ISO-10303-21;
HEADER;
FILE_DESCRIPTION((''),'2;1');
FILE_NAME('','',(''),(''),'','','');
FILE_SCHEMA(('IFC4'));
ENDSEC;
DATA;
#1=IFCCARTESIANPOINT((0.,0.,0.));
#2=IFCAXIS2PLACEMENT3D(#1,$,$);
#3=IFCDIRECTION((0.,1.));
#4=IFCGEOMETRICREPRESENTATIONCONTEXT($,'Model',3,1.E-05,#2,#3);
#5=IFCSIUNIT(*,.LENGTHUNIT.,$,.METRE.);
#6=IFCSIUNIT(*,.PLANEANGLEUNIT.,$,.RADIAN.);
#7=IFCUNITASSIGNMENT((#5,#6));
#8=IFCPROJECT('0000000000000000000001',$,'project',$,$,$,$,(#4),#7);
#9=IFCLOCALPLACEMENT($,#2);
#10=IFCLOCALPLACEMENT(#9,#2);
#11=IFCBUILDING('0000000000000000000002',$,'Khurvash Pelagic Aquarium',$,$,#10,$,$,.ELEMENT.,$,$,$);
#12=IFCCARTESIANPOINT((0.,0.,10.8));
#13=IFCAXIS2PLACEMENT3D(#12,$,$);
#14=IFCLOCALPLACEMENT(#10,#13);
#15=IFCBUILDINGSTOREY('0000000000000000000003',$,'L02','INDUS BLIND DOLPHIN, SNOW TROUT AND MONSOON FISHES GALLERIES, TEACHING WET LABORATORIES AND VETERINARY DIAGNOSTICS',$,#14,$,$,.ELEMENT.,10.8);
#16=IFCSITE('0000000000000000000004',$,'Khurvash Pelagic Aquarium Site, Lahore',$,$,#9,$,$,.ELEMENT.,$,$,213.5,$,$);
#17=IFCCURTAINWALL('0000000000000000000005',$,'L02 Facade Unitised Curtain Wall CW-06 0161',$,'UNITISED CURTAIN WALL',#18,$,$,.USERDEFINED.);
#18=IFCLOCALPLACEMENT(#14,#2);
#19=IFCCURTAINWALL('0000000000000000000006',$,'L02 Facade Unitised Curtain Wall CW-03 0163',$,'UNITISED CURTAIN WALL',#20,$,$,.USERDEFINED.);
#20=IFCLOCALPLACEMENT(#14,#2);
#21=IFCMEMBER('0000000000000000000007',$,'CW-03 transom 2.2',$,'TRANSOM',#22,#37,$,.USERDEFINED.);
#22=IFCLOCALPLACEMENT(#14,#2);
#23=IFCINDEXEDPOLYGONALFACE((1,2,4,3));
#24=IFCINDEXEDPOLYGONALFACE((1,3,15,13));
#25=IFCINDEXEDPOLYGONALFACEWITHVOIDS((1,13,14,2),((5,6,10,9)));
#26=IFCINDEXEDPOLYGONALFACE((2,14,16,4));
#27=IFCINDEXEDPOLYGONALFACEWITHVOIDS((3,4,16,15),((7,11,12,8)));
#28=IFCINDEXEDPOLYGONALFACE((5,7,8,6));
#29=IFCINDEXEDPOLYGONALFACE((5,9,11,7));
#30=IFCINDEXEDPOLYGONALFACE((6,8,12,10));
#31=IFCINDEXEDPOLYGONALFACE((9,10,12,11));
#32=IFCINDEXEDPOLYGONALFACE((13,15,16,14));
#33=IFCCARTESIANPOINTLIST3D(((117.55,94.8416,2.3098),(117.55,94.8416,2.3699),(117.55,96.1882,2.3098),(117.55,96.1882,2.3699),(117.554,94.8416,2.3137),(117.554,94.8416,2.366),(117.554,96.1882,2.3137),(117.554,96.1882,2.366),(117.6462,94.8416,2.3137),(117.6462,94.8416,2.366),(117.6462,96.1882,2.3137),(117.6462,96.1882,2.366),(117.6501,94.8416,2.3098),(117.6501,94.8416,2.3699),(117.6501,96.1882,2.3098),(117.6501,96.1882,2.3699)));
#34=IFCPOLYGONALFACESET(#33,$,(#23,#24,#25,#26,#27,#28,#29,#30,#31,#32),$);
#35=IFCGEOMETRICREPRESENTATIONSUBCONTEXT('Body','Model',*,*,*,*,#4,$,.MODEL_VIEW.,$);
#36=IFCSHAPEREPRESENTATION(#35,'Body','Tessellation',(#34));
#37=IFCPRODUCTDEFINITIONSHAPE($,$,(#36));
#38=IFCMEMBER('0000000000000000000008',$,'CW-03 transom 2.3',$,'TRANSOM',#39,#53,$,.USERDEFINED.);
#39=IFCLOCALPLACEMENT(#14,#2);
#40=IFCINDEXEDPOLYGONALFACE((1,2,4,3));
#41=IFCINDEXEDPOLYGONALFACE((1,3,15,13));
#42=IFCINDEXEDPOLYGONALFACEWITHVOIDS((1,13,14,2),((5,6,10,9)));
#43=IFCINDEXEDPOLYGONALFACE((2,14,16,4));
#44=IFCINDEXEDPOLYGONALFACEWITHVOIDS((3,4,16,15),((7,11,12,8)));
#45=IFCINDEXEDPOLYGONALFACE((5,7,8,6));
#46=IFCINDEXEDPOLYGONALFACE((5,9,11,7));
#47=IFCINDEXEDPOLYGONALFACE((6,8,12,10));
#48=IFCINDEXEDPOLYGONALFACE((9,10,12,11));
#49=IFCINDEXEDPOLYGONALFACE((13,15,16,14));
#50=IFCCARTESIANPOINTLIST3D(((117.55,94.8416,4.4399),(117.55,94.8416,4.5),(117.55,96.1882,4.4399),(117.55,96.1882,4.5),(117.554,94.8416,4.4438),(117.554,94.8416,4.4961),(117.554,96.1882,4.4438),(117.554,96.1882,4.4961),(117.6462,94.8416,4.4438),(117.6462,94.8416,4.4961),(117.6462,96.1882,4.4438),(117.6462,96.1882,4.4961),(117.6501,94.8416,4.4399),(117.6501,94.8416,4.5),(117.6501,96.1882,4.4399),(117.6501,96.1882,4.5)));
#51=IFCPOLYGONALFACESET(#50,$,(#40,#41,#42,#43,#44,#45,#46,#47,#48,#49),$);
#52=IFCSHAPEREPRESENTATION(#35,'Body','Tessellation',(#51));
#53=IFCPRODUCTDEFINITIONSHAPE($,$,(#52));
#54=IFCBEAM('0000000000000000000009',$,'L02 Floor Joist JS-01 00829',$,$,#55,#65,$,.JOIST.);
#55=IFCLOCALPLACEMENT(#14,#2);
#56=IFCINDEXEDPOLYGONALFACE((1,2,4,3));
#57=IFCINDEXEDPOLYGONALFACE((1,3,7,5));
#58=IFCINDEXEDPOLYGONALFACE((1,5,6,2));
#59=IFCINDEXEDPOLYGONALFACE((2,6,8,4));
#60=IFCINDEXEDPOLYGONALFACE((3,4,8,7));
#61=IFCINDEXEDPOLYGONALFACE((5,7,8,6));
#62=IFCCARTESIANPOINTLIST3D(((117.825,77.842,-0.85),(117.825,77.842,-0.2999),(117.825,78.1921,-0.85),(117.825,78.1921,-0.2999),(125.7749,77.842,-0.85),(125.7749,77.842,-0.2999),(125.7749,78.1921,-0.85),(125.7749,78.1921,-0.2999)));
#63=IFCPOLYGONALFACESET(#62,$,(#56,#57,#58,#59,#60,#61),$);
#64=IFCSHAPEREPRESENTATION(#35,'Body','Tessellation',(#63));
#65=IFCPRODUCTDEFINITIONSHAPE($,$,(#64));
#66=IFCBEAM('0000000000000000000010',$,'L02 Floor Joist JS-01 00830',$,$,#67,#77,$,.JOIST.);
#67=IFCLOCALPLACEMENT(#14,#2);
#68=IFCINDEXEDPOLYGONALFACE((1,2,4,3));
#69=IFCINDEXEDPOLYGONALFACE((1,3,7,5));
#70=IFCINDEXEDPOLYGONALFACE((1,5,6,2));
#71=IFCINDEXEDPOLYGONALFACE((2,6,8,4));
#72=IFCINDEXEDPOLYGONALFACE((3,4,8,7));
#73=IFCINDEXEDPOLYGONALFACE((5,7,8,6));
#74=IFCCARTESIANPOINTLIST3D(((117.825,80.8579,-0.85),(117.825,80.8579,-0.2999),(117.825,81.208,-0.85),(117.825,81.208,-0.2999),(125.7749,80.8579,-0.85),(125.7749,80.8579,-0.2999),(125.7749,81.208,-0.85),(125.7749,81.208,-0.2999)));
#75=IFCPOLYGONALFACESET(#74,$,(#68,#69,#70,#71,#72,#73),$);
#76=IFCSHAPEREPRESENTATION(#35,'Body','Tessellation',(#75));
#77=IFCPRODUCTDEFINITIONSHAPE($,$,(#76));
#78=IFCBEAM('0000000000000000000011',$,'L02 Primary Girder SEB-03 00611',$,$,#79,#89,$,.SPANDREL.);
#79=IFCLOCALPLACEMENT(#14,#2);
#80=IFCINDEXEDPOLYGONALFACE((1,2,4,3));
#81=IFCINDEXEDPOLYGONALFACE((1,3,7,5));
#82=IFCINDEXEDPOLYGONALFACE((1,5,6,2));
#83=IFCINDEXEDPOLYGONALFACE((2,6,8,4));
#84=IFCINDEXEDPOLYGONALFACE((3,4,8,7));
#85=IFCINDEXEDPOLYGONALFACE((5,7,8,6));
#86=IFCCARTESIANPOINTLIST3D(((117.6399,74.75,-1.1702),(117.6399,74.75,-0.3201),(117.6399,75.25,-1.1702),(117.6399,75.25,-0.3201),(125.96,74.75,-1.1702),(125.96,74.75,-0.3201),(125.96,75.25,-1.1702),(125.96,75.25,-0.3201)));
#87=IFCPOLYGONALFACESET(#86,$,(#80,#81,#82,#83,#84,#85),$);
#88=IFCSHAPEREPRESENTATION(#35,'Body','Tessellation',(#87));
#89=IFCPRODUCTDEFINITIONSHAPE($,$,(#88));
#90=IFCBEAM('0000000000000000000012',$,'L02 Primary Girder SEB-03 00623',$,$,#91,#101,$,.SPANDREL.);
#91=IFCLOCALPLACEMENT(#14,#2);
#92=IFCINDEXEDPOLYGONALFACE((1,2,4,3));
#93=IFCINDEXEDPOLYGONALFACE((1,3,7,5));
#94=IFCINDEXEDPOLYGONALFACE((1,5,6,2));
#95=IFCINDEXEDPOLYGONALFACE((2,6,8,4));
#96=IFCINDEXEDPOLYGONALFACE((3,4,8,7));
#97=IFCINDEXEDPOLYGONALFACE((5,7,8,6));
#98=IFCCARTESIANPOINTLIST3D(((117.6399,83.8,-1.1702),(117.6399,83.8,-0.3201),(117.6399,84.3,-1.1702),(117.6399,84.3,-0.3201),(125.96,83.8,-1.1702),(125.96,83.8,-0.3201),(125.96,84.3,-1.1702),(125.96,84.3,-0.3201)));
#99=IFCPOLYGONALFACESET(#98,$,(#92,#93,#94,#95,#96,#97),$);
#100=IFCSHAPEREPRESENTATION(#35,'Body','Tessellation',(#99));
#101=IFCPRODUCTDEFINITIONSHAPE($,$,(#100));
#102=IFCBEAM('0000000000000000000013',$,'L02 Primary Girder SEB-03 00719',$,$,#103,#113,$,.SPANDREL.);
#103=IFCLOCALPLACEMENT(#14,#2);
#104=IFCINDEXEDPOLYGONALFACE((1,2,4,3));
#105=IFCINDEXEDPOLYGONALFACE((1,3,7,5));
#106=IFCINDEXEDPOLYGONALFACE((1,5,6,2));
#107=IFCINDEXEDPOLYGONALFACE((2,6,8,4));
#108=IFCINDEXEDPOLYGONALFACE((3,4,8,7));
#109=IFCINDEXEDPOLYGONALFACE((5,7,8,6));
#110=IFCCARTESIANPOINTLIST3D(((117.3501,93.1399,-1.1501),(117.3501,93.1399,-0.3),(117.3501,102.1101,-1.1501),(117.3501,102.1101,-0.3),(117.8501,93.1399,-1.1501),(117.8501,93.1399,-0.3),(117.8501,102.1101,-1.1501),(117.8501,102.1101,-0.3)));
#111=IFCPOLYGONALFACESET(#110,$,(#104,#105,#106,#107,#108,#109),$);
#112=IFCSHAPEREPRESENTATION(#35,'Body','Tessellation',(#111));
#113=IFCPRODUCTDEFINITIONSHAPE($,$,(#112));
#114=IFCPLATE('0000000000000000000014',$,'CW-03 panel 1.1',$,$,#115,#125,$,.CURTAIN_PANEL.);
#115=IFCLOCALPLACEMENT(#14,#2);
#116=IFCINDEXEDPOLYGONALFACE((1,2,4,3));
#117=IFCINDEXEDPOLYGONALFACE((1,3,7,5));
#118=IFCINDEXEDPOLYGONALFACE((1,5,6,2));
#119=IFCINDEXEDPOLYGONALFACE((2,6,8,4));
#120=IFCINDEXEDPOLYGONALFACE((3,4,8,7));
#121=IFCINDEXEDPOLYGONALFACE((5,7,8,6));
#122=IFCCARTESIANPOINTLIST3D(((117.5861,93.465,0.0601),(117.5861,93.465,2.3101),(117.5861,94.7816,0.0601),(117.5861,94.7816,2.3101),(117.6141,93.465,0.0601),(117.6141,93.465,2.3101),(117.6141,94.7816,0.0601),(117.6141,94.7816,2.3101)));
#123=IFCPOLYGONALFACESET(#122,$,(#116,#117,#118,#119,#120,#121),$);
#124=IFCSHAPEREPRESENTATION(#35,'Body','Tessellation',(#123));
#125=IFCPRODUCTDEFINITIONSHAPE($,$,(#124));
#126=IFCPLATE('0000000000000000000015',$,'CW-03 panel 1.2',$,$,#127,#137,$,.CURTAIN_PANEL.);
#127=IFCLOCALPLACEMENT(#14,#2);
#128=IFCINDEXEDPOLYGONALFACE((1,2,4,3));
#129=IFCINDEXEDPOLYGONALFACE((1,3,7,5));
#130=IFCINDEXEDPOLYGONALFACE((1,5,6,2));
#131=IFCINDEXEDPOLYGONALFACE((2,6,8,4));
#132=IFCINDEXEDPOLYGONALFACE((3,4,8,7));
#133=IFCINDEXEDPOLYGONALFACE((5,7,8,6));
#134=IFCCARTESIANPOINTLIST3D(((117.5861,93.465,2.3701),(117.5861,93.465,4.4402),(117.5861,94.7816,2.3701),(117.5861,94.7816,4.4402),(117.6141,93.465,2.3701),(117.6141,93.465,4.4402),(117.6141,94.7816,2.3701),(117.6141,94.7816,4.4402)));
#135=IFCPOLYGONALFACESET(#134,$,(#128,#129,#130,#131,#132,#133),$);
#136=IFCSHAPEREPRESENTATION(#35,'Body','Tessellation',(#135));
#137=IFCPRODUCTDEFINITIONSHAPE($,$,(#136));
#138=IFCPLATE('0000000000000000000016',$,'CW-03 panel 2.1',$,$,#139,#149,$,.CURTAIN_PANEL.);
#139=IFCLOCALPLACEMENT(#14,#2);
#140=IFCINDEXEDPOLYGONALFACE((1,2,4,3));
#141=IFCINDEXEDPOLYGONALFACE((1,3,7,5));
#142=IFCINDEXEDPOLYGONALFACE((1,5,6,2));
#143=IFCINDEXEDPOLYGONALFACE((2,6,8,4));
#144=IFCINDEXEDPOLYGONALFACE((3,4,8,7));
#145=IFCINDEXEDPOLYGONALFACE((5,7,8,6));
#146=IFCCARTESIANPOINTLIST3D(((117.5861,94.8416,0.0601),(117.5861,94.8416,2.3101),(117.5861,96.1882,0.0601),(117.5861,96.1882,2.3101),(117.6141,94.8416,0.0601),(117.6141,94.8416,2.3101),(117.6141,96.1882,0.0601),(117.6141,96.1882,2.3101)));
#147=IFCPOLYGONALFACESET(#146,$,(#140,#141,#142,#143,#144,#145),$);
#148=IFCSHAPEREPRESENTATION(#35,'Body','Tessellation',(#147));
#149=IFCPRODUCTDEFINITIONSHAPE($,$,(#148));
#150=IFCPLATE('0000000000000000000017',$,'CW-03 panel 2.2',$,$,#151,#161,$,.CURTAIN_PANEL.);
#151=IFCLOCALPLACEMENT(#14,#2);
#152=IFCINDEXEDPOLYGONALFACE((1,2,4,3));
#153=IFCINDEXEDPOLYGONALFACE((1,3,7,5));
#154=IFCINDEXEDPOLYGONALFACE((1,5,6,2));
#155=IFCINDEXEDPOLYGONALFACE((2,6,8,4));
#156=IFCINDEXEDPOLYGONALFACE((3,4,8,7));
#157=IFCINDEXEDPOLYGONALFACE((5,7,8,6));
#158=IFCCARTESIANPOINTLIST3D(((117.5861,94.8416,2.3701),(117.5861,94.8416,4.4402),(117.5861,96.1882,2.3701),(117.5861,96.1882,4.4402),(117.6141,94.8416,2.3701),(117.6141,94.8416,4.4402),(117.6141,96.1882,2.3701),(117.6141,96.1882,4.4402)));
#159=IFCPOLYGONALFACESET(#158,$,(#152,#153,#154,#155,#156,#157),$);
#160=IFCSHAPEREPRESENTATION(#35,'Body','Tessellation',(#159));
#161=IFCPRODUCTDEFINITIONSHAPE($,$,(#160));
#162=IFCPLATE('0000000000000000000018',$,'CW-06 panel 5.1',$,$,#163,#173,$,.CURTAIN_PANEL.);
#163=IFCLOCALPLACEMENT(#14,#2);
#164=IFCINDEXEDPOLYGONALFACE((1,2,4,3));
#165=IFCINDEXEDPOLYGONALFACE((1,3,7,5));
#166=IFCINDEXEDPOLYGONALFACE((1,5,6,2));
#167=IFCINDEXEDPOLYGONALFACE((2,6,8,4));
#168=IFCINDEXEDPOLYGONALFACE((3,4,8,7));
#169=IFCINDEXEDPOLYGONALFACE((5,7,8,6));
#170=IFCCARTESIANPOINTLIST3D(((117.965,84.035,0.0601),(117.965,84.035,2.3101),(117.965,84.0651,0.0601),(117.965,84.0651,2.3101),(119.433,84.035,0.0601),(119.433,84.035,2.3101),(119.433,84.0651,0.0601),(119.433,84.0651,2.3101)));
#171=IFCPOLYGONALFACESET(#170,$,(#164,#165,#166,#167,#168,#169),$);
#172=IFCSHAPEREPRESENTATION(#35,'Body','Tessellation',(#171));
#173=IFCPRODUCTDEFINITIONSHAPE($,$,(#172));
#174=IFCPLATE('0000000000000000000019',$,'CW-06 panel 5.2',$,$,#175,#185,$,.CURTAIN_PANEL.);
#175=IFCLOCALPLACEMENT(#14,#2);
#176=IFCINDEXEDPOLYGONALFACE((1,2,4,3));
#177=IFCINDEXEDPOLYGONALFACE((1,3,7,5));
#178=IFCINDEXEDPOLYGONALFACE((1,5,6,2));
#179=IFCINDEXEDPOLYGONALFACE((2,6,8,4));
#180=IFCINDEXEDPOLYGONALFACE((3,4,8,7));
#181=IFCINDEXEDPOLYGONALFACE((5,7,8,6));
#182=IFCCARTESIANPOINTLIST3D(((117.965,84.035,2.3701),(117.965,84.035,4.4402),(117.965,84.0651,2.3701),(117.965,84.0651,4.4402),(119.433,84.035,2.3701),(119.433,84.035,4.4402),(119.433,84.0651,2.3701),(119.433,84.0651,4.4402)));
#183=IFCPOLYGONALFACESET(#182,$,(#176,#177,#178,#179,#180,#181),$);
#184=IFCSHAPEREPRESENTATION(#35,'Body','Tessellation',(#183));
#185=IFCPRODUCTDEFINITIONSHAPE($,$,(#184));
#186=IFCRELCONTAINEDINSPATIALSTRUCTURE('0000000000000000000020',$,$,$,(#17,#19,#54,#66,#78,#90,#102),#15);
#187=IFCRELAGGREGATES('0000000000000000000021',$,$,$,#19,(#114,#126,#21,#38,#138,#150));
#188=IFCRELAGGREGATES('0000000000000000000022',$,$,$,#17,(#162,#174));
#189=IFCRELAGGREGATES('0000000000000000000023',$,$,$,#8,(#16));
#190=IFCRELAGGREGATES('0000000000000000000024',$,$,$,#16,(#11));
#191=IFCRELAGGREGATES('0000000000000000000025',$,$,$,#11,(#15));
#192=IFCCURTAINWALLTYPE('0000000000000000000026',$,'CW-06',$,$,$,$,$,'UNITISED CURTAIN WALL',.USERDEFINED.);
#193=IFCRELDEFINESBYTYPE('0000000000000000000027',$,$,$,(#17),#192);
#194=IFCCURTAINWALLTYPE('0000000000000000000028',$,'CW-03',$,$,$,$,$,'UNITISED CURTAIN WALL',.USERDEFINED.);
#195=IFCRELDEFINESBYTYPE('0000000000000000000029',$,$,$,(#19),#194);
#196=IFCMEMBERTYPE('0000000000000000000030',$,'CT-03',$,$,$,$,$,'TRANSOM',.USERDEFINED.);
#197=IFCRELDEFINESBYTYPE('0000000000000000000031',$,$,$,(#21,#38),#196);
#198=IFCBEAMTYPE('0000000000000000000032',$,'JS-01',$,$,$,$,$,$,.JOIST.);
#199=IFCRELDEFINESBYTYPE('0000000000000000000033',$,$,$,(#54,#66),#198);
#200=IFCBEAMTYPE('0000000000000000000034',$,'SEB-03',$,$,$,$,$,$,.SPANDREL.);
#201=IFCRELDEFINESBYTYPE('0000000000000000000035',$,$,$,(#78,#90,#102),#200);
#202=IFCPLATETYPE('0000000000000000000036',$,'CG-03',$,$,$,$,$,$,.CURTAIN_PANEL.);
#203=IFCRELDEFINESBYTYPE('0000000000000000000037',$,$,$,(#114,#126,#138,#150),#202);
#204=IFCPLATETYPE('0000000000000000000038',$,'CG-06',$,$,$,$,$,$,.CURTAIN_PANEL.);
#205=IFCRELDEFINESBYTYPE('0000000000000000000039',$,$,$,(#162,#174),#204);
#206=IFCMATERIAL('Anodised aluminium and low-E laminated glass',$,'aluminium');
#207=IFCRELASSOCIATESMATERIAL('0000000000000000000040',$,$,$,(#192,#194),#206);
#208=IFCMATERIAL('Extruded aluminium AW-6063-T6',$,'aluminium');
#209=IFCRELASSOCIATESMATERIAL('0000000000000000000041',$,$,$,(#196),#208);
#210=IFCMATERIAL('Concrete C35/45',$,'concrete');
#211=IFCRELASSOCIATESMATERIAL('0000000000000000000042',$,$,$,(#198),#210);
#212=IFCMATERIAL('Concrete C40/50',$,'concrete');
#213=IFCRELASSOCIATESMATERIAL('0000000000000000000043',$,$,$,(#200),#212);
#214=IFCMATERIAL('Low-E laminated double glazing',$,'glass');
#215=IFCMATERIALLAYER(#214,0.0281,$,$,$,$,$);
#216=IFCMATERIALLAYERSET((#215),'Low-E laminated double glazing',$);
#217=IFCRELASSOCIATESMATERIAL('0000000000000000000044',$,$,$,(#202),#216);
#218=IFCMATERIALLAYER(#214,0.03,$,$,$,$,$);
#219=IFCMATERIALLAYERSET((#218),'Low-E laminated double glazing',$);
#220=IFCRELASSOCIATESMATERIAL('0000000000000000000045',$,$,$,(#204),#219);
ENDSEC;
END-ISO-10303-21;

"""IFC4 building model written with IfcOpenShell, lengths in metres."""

from ifc_helpers import new_model, si_unit, direction, frame, origin, origin_2d, place, context, subcontext, project, spatial, rectangle, hollow_rectangle, extrude, material, layer, layer_set, material_profile, profile_set, type_object, element, aggregate, save


model = new_model("IFC4")

# Units and contexts
model_context = context("Model", 3, precision=1e-05, world=origin(), true_north=direction((0.0, 1.0)))
body_context = subcontext(model_context, "Body", "Model", "MODEL_VIEW")
ifc_project = project(units=[si_unit("LENGTHUNIT", "METRE"), si_unit("PLANEANGLEUNIT", "RADIAN")], contexts=[model_context])

# Site, building, storey
site_placement = place(None, origin())
site = spatial("IfcSite", under=ifc_project, at=site_placement, Name="Khurvash Pelagic Aquarium Site, Lahore", CompositionType="ELEMENT", RefElevation=213.5)
building_placement = place(site_placement, origin())
building = spatial("IfcBuilding", under=site, at=building_placement, Name="Khurvash Pelagic Aquarium", CompositionType="ELEMENT")
storey_placement = place(building_placement, frame((0.0, 0.0, 10.8)))
storey = spatial("IfcBuildingStorey", under=building, at=storey_placement, Name="L02", Description="INDUS BLIND DOLPHIN, SNOW TROUT AND MONSOON FISHES GALLERIES, TEACHING WET LABORATORIES AND VETERINARY DIAGNOSTICS", CompositionType="ELEMENT", Elevation=10.8)

# Shared definitions
ifc_material_1 = material(Name="Concrete C40/50", Category="concrete")

# Curtain wall
ifc_material_2 = material(Name="Anodised aluminium and low-E laminated glass", Category="aluminium")
curtain_wall_type_1 = type_object("IfcCurtainWallType", Name="CW-06", ElementType="UNITISED CURTAIN WALL", PredefinedType="USERDEFINED", material=ifc_material_2)
curtain_wall_1_placement = place(storey_placement, origin())
curtain_wall_1 = element("IfcCurtainWall", 1, at=curtain_wall_1_placement, inside=storey, type_object=curtain_wall_type_1, Name="L02 Facade Unitised Curtain Wall CW-06 0161", ObjectType="UNITISED CURTAIN WALL", PredefinedType="USERDEFINED")
ifc_material_3 = material(Name="Extruded aluminium AW-6063-T6", Category="aluminium")

# Curtain wall
curtain_wall_type_2 = type_object("IfcCurtainWallType", Name="CW-03", ElementType="UNITISED CURTAIN WALL", PredefinedType="USERDEFINED", material=ifc_material_2)
curtain_wall_2_placement = place(storey_placement, origin())
curtain_wall_2 = element("IfcCurtainWall", 2, at=curtain_wall_2_placement, inside=storey, type_object=curtain_wall_type_2, Name="L02 Facade Unitised Curtain Wall CW-03 0163", ObjectType="UNITISED CURTAIN WALL", PredefinedType="USERDEFINED")

# Members
ifc_material_profile_1 = material_profile(ifc_material_3, hollow_rectangle(XDim=0.1001, YDim=0.0601, WallThickness=0.0039, at=origin_2d()), Name="CWT100X60X4")
ifc_profile_set_1 = profile_set([ifc_material_profile_1], Name="Extruded aluminium AW-6063-T6")
member_type_1 = type_object("IfcMemberType", Name="CT-03", ElementType="TRANSOM", PredefinedType="USERDEFINED", material=ifc_profile_set_1)
member_1_placement = place(storey_placement, frame((117.6001, 94.8416, 2.3398), z_axis=(0.0, 1.0, 0.0), x_axis=(-1.0, 0.0, 0.0)))
member_1 = element("IfcMember", 3, at=member_1_placement, type_object=member_type_1, Name="CW-03 transom 2.2", ObjectType="TRANSOM", PredefinedType="USERDEFINED", context=body_context, shape_type="SweptSolid", body=[
    extrude(hollow_rectangle(XDim=0.1001, YDim=0.0601, WallThickness=0.0039, at=origin_2d()), origin(), (0.0, 0.0, 1.0), 1.3467),
])
member_2_placement = place(storey_placement, frame((117.6001, 94.8416, 4.47), z_axis=(0.0, 1.0, 0.0), x_axis=(-1.0, 0.0, 0.0)))
member_2 = element("IfcMember", 4, at=member_2_placement, type_object=member_type_1, Name="CW-03 transom 2.3", ObjectType="TRANSOM", PredefinedType="USERDEFINED", context=body_context, shape_type="SweptSolid", body=[
    extrude(hollow_rectangle(XDim=0.1001, YDim=0.0601, WallThickness=0.0039, at=origin_2d()), origin(), (0.0, 0.0, 1.0), 1.3467),
])

# Beams
ifc_material_4 = material(Name="Concrete C35/45", Category="concrete")
ifc_material_profile_2 = material_profile(ifc_material_4, rectangle(XDim=0.3501, YDim=0.55, at=origin_2d()), Name="RC350X550")
ifc_profile_set_2 = profile_set([ifc_material_profile_2], Name="Concrete C35/45")
beam_type_1 = type_object("IfcBeamType", Name="JS-01", PredefinedType="JOIST", material=ifc_profile_set_2)
for number, where, z_axis, x_axis, name in (
    (5, (117.825, 78.0171, -0.575), (1.0, 0.0, 0.0), (0.0, 1.0, 0.0), "L02 Floor Joist JS-01 00829"),
    (6, (117.825, 81.033, -0.575), (1.0, 0.0, 0.0), (0.0, 1.0, 0.0), "L02 Floor Joist JS-01 00830"),
):
    element("IfcBeam", number, at=place(storey_placement, frame(where, z_axis=z_axis, x_axis=x_axis)), inside=storey, type_object=beam_type_1, Name=name, PredefinedType="JOIST", context=body_context, shape_type="SweptSolid", body=[
        extrude(rectangle(XDim=0.3501, YDim=0.55, at=origin_2d()), origin(), (0.0, 0.0, 1.0), 7.95),
    ])
ifc_material_profile_3 = material_profile(ifc_material_1, rectangle(XDim=0.5, YDim=0.8501, at=origin_2d()), Name="RC500X850")
ifc_profile_set_3 = profile_set([ifc_material_profile_3], Name="Concrete C40/50")
beam_type_2 = type_object("IfcBeamType", Name="SEB-03", PredefinedType="SPANDREL", material=ifc_profile_set_3)
for number, where, z_axis, x_axis, name in (
    (7, (117.6399, 75.0, -0.7451), (1.0, 0.0, 0.0), (0.0, 1.0, 0.0), "L02 Primary Girder SEB-03 00611"),
    (8, (117.6399, 84.05, -0.7451), (1.0, 0.0, 0.0), (0.0, 1.0, 0.0), "L02 Primary Girder SEB-03 00623"),
):
    element("IfcBeam", number, at=place(storey_placement, frame(where, z_axis=z_axis, x_axis=x_axis)), inside=storey, type_object=beam_type_2, Name=name, PredefinedType="SPANDREL", context=body_context, shape_type="SweptSolid", body=[
        extrude(rectangle(XDim=0.5, YDim=0.8501, at=origin_2d()), origin(), (0.0, 0.0, 1.0), 8.3201),
    ])
beam_placement = place(storey_placement, frame((117.6001, 93.1399, -0.7251), z_axis=(0.0, 1.0, 0.0), x_axis=(-1.0, 0.0, 0.0)))
element("IfcBeam", 9, at=beam_placement, inside=storey, type_object=beam_type_2, Name="L02 Primary Girder SEB-03 00719", PredefinedType="SPANDREL", context=body_context, shape_type="SweptSolid", body=[
    extrude(rectangle(XDim=0.5, YDim=0.8501, at=origin_2d()), origin(), (0.0, 0.0, 1.0), 8.9702),
])

# Plates
ifc_material_5 = material(Name="Low-E laminated double glazing", Category="glass")
ifc_layer_1 = layer(ifc_material_5, 0.0281)
ifc_layer_set_1 = layer_set([ifc_layer_1], Name="Low-E laminated double glazing")
plate_type_1 = type_object("IfcPlateType", Name="CG-03", PredefinedType="CURTAIN_PANEL", material=ifc_layer_set_1)
plate_1_placement = place(storey_placement, frame((117.6001, 94.1233, 0.0601), z_axis=(0.0, 0.0, 1.0), x_axis=(0.0, 1.0, 0.0)))
plate_1 = element("IfcPlate", 10, at=plate_1_placement, type_object=plate_type_1, Name="CW-03 panel 1.1", PredefinedType="CURTAIN_PANEL", context=body_context, shape_type="SweptSolid", body=[
    extrude(rectangle(XDim=1.3167, YDim=0.0281, at=origin_2d()), origin(), (0.0, 0.0, 1.0), 2.25),
])
plate_2_placement = place(storey_placement, frame((117.6001, 94.1233, 2.3701), z_axis=(0.0, 0.0, 1.0), x_axis=(0.0, 1.0, 0.0)))
plate_2 = element("IfcPlate", 11, at=plate_2_placement, type_object=plate_type_1, Name="CW-03 panel 1.2", PredefinedType="CURTAIN_PANEL", context=body_context, shape_type="SweptSolid", body=[
    extrude(rectangle(XDim=1.3167, YDim=0.0281, at=origin_2d()), origin(), (0.0, 0.0, 1.0), 2.0701),
])
plate_3_placement = place(storey_placement, frame((117.6001, 95.5149, 0.0601), z_axis=(0.0, 0.0, 1.0), x_axis=(0.0, 1.0, 0.0)))
plate_3 = element("IfcPlate", 12, at=plate_3_placement, type_object=plate_type_1, Name="CW-03 panel 2.1", PredefinedType="CURTAIN_PANEL", context=body_context, shape_type="SweptSolid", body=[
    extrude(rectangle(XDim=1.3467, YDim=0.0281, at=origin_2d()), origin(), (0.0, 0.0, 1.0), 2.25),
])
plate_4_placement = place(storey_placement, frame((117.6001, 95.5149, 2.3701), z_axis=(0.0, 0.0, 1.0), x_axis=(0.0, 1.0, 0.0)))
plate_4 = element("IfcPlate", 13, at=plate_4_placement, type_object=plate_type_1, Name="CW-03 panel 2.2", PredefinedType="CURTAIN_PANEL", context=body_context, shape_type="SweptSolid", body=[
    extrude(rectangle(XDim=1.3467, YDim=0.0281, at=origin_2d()), origin(), (0.0, 0.0, 1.0), 2.0701),
])
aggregate(curtain_wall_2, [plate_1, plate_2, member_1, member_2, plate_3, plate_4])
ifc_layer_2 = layer(ifc_material_5, 0.03)
ifc_layer_set_2 = layer_set([ifc_layer_2], Name="Low-E laminated double glazing")
plate_type_2 = type_object("IfcPlateType", Name="CG-06", PredefinedType="CURTAIN_PANEL", material=ifc_layer_set_2)
plate_5_placement = place(storey_placement, frame((118.699, 84.05, 0.0601), z_axis=(0.0, 0.0, 1.0), x_axis=(-1.0, 0.0, 0.0)))
plate_5 = element("IfcPlate", 14, at=plate_5_placement, type_object=plate_type_2, Name="CW-06 panel 5.1", PredefinedType="CURTAIN_PANEL", context=body_context, shape_type="SweptSolid", body=[
    extrude(rectangle(XDim=1.468, YDim=0.03, at=origin_2d()), origin(), (0.0, 0.0, 1.0), 2.25),
])
plate_6_placement = place(storey_placement, frame((118.699, 84.05, 2.3701), z_axis=(0.0, 0.0, 1.0), x_axis=(-1.0, 0.0, 0.0)))
plate_6 = element("IfcPlate", 15, at=plate_6_placement, type_object=plate_type_2, Name="CW-06 panel 5.2", PredefinedType="CURTAIN_PANEL", context=body_context, shape_type="SweptSolid", body=[
    extrude(rectangle(XDim=1.468, YDim=0.03, at=origin_2d()), origin(), (0.0, 0.0, 1.0), 2.0701),
])
aggregate(curtain_wall_1, [plate_5, plate_6])

save(model, "model.ifc")
